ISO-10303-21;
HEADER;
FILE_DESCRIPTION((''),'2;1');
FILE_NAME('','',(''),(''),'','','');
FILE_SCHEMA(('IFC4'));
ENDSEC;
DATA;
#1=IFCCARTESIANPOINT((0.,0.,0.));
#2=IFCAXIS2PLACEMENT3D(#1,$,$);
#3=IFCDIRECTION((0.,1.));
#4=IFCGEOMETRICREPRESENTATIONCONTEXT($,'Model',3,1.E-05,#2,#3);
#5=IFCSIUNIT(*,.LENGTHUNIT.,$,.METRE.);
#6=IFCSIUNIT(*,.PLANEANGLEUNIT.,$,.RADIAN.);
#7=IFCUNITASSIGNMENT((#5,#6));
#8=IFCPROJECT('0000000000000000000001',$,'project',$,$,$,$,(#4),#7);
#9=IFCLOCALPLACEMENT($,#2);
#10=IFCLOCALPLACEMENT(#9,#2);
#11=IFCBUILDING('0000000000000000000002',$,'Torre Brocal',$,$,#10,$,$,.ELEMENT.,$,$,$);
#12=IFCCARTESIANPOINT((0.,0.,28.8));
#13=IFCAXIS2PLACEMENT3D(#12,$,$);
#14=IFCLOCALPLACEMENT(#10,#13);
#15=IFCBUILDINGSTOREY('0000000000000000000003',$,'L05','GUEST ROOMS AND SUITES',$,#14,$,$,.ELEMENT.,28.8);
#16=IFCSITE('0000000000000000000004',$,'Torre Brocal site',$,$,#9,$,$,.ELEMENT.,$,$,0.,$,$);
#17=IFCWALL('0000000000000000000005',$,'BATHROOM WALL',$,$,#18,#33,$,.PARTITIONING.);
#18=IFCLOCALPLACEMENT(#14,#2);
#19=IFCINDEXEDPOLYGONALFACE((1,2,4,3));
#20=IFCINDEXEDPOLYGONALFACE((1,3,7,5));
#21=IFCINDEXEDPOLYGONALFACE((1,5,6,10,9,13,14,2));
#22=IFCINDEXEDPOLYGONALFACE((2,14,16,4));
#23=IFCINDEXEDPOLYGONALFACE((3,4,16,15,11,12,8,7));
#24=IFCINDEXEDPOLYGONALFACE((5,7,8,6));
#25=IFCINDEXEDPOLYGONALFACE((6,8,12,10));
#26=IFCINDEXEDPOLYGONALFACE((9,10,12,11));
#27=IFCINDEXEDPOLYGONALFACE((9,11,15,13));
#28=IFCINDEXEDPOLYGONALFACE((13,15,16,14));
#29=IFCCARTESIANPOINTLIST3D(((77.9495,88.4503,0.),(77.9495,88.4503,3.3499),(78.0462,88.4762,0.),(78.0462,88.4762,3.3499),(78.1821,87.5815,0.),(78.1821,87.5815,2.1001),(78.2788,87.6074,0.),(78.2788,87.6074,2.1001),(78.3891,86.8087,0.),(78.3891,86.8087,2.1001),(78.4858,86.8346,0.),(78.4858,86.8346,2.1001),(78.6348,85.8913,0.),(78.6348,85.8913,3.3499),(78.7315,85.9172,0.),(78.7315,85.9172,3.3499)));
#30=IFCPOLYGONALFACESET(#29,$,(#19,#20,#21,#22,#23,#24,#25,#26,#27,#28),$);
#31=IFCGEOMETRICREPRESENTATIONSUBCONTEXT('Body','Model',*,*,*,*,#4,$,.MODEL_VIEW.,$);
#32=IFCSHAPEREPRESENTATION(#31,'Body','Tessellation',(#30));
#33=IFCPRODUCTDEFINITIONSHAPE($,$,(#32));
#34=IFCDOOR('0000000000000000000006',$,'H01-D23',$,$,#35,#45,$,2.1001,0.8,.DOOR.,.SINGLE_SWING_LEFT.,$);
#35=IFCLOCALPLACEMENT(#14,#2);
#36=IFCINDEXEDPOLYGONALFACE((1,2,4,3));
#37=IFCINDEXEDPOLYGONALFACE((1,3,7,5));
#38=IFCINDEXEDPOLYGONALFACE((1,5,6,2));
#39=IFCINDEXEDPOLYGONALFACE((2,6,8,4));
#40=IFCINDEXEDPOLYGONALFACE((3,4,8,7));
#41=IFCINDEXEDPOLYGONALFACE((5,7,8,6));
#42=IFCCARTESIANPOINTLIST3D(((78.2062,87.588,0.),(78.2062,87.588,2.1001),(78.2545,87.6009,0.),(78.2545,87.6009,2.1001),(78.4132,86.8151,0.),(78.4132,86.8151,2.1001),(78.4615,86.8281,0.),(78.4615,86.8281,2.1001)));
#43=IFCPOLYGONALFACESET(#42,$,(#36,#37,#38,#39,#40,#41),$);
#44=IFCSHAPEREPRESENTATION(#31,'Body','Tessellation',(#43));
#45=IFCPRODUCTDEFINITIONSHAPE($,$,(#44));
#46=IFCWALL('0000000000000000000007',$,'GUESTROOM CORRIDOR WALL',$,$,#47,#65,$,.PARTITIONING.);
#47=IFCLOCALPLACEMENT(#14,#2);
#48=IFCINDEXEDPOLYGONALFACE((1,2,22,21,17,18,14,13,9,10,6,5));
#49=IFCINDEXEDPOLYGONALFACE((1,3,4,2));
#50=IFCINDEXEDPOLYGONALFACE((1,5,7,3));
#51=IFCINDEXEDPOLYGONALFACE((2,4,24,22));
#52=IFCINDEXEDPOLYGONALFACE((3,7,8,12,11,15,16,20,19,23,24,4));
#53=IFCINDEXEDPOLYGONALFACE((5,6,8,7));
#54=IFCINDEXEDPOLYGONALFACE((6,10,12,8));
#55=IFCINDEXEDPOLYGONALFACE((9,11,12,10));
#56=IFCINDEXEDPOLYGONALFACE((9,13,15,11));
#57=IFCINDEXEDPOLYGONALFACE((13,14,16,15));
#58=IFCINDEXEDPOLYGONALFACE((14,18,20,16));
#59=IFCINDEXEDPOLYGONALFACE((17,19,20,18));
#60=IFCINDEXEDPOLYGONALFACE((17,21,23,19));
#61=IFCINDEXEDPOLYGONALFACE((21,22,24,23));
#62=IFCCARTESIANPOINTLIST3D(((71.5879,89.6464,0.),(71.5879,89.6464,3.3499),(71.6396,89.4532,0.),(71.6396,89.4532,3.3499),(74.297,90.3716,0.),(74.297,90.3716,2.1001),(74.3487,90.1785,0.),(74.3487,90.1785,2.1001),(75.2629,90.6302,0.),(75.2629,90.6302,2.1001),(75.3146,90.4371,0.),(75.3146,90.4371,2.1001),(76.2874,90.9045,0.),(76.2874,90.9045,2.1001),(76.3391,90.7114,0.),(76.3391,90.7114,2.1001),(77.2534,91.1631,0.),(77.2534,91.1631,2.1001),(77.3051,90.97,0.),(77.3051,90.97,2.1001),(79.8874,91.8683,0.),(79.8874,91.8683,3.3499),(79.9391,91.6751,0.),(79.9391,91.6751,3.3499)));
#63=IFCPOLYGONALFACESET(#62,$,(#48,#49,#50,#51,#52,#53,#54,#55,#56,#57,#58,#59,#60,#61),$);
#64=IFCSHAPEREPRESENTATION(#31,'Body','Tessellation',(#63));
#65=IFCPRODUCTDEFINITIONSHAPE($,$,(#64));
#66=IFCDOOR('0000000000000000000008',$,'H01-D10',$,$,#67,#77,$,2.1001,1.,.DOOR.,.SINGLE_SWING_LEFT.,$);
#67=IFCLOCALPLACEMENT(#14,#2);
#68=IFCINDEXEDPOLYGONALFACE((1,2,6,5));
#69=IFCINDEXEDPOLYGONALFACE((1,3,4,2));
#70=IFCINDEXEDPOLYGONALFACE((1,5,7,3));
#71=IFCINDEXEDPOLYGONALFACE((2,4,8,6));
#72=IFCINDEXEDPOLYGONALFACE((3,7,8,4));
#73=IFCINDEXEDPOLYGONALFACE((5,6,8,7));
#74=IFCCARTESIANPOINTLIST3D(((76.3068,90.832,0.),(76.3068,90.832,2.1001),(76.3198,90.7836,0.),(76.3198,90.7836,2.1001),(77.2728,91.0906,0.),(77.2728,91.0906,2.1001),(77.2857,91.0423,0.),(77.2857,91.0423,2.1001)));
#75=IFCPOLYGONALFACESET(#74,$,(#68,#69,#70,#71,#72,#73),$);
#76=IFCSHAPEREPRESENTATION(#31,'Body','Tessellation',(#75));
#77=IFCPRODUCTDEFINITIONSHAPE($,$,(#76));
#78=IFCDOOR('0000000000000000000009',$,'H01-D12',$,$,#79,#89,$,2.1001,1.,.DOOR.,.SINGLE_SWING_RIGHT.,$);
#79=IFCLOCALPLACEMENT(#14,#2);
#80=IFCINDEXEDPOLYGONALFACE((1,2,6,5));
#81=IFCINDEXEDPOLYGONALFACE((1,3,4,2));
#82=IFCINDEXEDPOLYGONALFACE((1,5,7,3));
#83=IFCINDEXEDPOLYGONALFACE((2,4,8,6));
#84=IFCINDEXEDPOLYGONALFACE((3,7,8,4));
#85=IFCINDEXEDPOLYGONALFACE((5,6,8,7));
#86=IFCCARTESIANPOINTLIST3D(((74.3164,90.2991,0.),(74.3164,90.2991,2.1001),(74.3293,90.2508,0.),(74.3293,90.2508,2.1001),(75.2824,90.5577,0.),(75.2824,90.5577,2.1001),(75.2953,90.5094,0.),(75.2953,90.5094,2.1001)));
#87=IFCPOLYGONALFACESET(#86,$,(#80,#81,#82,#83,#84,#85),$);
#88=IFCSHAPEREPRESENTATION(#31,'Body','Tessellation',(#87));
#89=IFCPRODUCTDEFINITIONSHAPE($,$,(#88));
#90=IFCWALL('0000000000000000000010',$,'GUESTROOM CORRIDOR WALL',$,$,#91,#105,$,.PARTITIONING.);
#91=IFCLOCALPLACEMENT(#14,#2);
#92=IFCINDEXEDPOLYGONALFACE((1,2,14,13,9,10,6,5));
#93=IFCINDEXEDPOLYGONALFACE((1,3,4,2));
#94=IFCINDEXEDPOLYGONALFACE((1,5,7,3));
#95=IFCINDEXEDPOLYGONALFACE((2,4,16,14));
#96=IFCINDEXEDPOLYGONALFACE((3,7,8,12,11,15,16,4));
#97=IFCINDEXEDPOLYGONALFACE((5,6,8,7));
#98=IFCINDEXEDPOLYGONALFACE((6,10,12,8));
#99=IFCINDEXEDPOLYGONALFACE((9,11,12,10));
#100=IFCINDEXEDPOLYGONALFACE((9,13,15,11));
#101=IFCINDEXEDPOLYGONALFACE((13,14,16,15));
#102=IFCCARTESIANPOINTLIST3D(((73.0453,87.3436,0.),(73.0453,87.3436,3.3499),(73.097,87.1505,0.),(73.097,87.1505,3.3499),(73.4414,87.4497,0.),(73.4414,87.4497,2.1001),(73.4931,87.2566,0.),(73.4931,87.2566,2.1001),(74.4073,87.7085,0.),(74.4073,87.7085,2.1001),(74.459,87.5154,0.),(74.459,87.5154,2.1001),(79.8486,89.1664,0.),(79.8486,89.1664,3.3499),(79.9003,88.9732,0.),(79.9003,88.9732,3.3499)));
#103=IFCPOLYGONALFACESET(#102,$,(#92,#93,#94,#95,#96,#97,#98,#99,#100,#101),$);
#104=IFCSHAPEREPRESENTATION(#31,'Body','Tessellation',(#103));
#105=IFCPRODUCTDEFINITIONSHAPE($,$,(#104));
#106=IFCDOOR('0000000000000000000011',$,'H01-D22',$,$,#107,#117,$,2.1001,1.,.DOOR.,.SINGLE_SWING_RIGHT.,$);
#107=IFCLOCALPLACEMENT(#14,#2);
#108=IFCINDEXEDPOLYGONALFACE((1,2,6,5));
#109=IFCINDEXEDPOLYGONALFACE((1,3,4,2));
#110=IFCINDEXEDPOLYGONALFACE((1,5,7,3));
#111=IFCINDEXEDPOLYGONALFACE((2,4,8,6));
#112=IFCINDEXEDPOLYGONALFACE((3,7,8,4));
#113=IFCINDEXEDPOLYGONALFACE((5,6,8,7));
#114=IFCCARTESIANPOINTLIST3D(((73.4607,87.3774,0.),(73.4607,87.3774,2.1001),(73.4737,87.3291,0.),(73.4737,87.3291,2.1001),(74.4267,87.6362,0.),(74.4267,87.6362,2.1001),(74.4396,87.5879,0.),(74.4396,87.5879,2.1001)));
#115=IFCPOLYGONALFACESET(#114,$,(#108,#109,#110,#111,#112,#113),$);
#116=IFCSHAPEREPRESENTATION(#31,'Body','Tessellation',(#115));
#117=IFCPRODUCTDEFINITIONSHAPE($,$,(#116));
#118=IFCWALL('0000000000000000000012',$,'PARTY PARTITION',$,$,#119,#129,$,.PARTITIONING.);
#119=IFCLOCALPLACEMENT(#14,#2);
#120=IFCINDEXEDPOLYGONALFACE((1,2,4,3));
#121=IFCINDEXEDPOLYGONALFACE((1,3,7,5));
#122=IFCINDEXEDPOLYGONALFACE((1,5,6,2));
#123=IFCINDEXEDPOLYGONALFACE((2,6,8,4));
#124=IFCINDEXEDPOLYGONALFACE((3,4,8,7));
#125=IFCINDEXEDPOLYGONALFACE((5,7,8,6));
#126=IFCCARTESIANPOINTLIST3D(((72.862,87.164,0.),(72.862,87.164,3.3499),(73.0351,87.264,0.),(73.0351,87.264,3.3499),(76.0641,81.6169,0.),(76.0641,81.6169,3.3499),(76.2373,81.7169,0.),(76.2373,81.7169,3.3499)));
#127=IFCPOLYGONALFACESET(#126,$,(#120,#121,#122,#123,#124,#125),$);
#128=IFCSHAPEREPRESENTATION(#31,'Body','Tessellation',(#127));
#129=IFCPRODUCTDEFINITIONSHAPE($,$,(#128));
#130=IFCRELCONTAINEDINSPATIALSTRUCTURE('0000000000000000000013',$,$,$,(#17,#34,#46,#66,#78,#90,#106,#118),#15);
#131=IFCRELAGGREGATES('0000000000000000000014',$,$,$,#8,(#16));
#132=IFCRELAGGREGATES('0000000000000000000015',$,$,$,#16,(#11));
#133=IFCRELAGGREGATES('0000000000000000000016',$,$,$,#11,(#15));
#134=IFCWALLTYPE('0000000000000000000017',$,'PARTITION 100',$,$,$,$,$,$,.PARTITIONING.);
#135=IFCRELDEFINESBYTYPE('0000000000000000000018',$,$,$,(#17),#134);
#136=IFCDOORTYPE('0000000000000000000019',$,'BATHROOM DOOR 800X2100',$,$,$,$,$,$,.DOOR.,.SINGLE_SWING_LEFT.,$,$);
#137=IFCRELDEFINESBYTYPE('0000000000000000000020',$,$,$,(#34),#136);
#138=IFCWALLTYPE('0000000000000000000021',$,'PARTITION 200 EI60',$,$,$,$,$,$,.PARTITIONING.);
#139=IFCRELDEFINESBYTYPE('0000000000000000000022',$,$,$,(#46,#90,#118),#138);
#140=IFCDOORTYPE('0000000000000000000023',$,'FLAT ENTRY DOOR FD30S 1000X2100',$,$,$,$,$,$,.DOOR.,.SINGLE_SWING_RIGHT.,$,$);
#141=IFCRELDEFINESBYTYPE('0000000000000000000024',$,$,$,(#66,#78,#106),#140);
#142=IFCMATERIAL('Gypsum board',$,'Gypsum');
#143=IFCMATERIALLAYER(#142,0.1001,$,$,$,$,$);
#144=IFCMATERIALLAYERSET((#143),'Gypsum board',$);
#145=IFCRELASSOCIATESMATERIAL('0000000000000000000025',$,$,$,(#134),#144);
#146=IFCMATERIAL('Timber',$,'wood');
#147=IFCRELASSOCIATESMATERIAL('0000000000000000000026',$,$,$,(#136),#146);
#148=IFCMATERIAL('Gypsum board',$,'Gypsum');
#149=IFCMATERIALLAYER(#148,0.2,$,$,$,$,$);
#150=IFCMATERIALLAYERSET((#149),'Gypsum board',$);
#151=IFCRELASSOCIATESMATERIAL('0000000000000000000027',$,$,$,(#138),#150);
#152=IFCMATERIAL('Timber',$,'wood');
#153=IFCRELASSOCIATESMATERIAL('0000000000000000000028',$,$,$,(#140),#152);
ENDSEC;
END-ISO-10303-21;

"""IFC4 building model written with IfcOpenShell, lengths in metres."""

from ifc_helpers import new_model, si_unit, direction, frame, frame_2d, origin, place, context, subcontext, project, spatial, rectangle, extrude, material, layer, layer_set, type_object, element, fill, save


model = new_model("IFC4")

# Units and contexts
model_context = context("Model", 3, precision=1e-05, world=origin(), true_north=direction((0.0, 1.0)))
body_context = subcontext(model_context, "Body", "Model", "MODEL_VIEW")
ifc_project = project(units=[si_unit("LENGTHUNIT", "METRE"), si_unit("PLANEANGLEUNIT", "RADIAN")], contexts=[model_context])

# Site, building, storey
site_placement = place(None, origin())
site = spatial("IfcSite", under=ifc_project, at=site_placement, Name="Torre Brocal site", CompositionType="ELEMENT", RefElevation=0.0)
building_placement = place(site_placement, origin())
building = spatial("IfcBuilding", under=site, at=building_placement, Name="Torre Brocal", CompositionType="ELEMENT")
storey_placement = place(building_placement, frame((0.0, 0.0, 28.8)))
storey = spatial("IfcBuildingStorey", under=building, at=storey_placement, Name="L05", Description="GUEST ROOMS AND SUITES", CompositionType="ELEMENT", Elevation=28.8)

# Shared definitions
ifc_material_1 = material(Name="Gypsum board", Category="Gypsum")
ifc_layer_1 = layer(ifc_material_1, 0.1001)
ifc_layer_set_1 = layer_set([ifc_layer_1], Name="Gypsum board")
wall_type_1 = type_object("IfcWallType", Name="PARTITION 100", PredefinedType="PARTITIONING", material=ifc_layer_set_1)
ifc_material_2 = material(Name="Timber", Category="wood")
door_type_1 = type_object("IfcDoorType", Name="BATHROOM DOOR 800X2100", OperationType="SINGLE_SWING_LEFT", PredefinedType="DOOR", material=ifc_material_2)

# Wall, opening, door
wall_1_placement = place(storey_placement, frame((77.9978, 88.4634, 0.0), z_axis=(0.0, 0.0, 1.0), x_axis=(0.258678, -0.965964, 0.0)))
wall_1 = element("IfcWall", 1, at=wall_1_placement, inside=storey, type_object=wall_type_1, Name="BATHROOM WALL", PredefinedType="PARTITIONING", context=body_context, shape_type="SweptSolid", body=[
    extrude(rectangle(XDim=2.6492, YDim=0.1001, at=frame_2d((1.3247, 0.0))), origin(), (0.0, 0.0, 1.0), 3.3499),
])
opening_1_placement = place(wall_1_placement, frame((0.8997, 0.0, 0.0)))
opening_1 = element("IfcOpeningElement", 2, at=opening_1_placement, cuts=wall_1, PredefinedType="OPENING", context=body_context, shape_type="SweptSolid", body=[
    extrude(rectangle(XDim=0.8, YDim=2.1001, at=frame_2d((0.3999, 1.05))), frame((0.0, 0.0601, 0.0), z_axis=(0.0, -1.0, 0.0), x_axis=(1.0, 0.0, 0.0)), (0.0, 0.0, 1.0), 0.1201),
])
door_1_placement = place(opening_1_placement, origin())
door_1 = element("IfcDoor", 3, at=door_1_placement, inside=storey, type_object=door_type_1, Name="H01-D23", OperationType="SINGLE_SWING_LEFT", OverallHeight=2.1001, OverallWidth=0.8, PredefinedType="DOOR", context=body_context, shape_type="SweptSolid", body=[
    extrude(rectangle(XDim=0.8, YDim=2.1001, at=frame_2d((0.3999, 1.05))), frame((0.0, 0.0249, 0.0), z_axis=(0.0, -1.0, 0.0), x_axis=(1.0, 0.0, 0.0)), (0.0, 0.0, 1.0), 0.05),
])
fill(opening_1, door_1)

# Wall, openings, doors
ifc_material_3 = material(Name="Gypsum board", Category="Gypsum")
ifc_layer_2 = layer(ifc_material_3, 0.2)
ifc_layer_set_2 = layer_set([ifc_layer_2], Name="Gypsum board")
wall_type_2 = type_object("IfcWallType", Name="PARTITION 200 EI60", PredefinedType="PARTITIONING", material=ifc_layer_set_2)
wall_2_placement = place(storey_placement, frame((71.6138, 89.5498, 0.0), z_axis=(0.0, 0.0, 1.0), x_axis=(0.965982, 0.258609, 0.0)))
wall_2 = element("IfcWall", 4, at=wall_2_placement, inside=storey, type_object=wall_type_2, Name="GUESTROOM CORRIDOR WALL", PredefinedType="PARTITIONING", context=body_context, shape_type="SweptSolid", body=[
    extrude(rectangle(XDim=8.5918, YDim=0.2, at=frame_2d((4.2959, 0.0))), origin(), (0.0, 0.0, 1.0), 3.3499),
])
opening_2_placement = place(wall_2_placement, frame((4.865, 0.0, 0.0)))
opening_2 = element("IfcOpeningElement", 5, at=opening_2_placement, cuts=wall_2, PredefinedType="OPENING", context=body_context, shape_type="SweptSolid", body=[
    extrude(rectangle(XDim=1.0, YDim=2.1001, at=frame_2d((0.5, 1.05))), frame((0.0, 0.1099, 0.0), z_axis=(0.0, -1.0, 0.0), x_axis=(1.0, 0.0, 0.0)), (0.0, 0.0, 1.0), 0.22),
])
opening_3_placement = place(wall_2_placement, frame((2.8044, 0.0, 0.0)))
opening_3 = element("IfcOpeningElement", 6, at=opening_3_placement, cuts=wall_2, PredefinedType="OPENING", context=body_context, shape_type="SweptSolid", body=[
    extrude(rectangle(XDim=1.0, YDim=2.1001, at=frame_2d((0.5, 1.05))), frame((0.0, 0.1099, 0.0), z_axis=(0.0, -1.0, 0.0), x_axis=(1.0, 0.0, 0.0)), (0.0, 0.0, 1.0), 0.22),
])
ifc_material_4 = material(Name="Timber", Category="wood")
door_type_2 = type_object("IfcDoorType", Name="FLAT ENTRY DOOR FD30S 1000X2100", OperationType="SINGLE_SWING_RIGHT", PredefinedType="DOOR", material=ifc_material_4)
door_2_placement = place(opening_2_placement, origin())
door_2 = element("IfcDoor", 7, at=door_2_placement, inside=storey, type_object=door_type_2, Name="H01-D10", OperationType="SINGLE_SWING_LEFT", OverallHeight=2.1001, OverallWidth=1.0, PredefinedType="DOOR", context=body_context, shape_type="SweptSolid", body=[
    extrude(rectangle(XDim=1.0, YDim=2.1001, at=frame_2d((0.5, 1.05))), frame((0.0, 0.0249, 0.0), z_axis=(0.0, -1.0, 0.0), x_axis=(1.0, 0.0, 0.0)), (0.0, 0.0, 1.0), 0.05),
])
fill(opening_2, door_2)
door_3_placement = place(opening_3_placement, origin())
door_3 = element("IfcDoor", 8, at=door_3_placement, inside=storey, type_object=door_type_2, Name="H01-D12", OperationType="SINGLE_SWING_RIGHT", OverallHeight=2.1001, OverallWidth=1.0, PredefinedType="DOOR", context=body_context, shape_type="SweptSolid", body=[
    extrude(rectangle(XDim=1.0, YDim=2.1001, at=frame_2d((0.5, 1.05))), frame((0.0, 0.0249, 0.0), z_axis=(0.0, -1.0, 0.0), x_axis=(1.0, 0.0, 0.0)), (0.0, 0.0, 1.0), 0.05),
])
fill(opening_3, door_3)

# Wall, opening, door
wall_3_placement = place(storey_placement, frame((73.0713, 87.2471, 0.0), z_axis=(0.0, 0.0, 1.0), x_axis=(0.965932, 0.258797, 0.0)))
wall_3 = element("IfcWall", 9, at=wall_3_placement, inside=storey, type_object=wall_type_2, Name="GUESTROOM CORRIDOR WALL", PredefinedType="PARTITIONING", context=body_context, shape_type="SweptSolid", body=[
    extrude(rectangle(XDim=7.0432, YDim=0.2, at=frame_2d((3.5215, 0.0))), origin(), (0.0, 0.0, 1.0), 3.3499),
])
opening_4_placement = place(wall_3_placement, frame((0.4099, 0.0, 0.0)))
opening_4 = element("IfcOpeningElement", 10, at=opening_4_placement, cuts=wall_3, PredefinedType="OPENING", context=body_context, shape_type="SweptSolid", body=[
    extrude(rectangle(XDim=1.0, YDim=2.1001, at=frame_2d((0.5, 1.05))), frame((0.0, 0.1099, 0.0), z_axis=(0.0, -1.0, 0.0), x_axis=(1.0, 0.0, 0.0)), (0.0, 0.0, 1.0), 0.22),
])
door_4_placement = place(opening_4_placement, frame((1.0, 0.0, 0.0), z_axis=(0.0, 0.0, 1.0), x_axis=(-1.0, 0.0, 0.0)))
door_4 = element("IfcDoor", 11, at=door_4_placement, inside=storey, type_object=door_type_2, Name="H01-D22", OperationType="SINGLE_SWING_RIGHT", OverallHeight=2.1001, OverallWidth=1.0, PredefinedType="DOOR", context=body_context, shape_type="SweptSolid", body=[
    extrude(rectangle(XDim=1.0, YDim=2.1001, at=frame_2d((0.5, 1.05))), frame((0.0, 0.0249, 0.0), z_axis=(0.0, -1.0, 0.0), x_axis=(1.0, 0.0, 0.0)), (0.0, 0.0, 1.0), 0.05),
])
fill(opening_4, door_4)

# Wall
wall_4_placement = place(storey_placement, frame((72.9485, 87.2141, 0.0), z_axis=(0.0, 0.0, 1.0), x_axis=(0.499944, -0.866058, 0.0)))
element("IfcWall", 12, at=wall_4_placement, inside=storey, type_object=wall_type_2, Name="PARTY PARTITION", PredefinedType="PARTITIONING", context=body_context, shape_type="SweptSolid", body=[
    extrude(rectangle(XDim=6.405, YDim=0.2, at=frame_2d((3.2026, 0.0))), origin(), (0.0, 0.0, 1.0), 3.3499),
])

save(model, "model.ifc")
